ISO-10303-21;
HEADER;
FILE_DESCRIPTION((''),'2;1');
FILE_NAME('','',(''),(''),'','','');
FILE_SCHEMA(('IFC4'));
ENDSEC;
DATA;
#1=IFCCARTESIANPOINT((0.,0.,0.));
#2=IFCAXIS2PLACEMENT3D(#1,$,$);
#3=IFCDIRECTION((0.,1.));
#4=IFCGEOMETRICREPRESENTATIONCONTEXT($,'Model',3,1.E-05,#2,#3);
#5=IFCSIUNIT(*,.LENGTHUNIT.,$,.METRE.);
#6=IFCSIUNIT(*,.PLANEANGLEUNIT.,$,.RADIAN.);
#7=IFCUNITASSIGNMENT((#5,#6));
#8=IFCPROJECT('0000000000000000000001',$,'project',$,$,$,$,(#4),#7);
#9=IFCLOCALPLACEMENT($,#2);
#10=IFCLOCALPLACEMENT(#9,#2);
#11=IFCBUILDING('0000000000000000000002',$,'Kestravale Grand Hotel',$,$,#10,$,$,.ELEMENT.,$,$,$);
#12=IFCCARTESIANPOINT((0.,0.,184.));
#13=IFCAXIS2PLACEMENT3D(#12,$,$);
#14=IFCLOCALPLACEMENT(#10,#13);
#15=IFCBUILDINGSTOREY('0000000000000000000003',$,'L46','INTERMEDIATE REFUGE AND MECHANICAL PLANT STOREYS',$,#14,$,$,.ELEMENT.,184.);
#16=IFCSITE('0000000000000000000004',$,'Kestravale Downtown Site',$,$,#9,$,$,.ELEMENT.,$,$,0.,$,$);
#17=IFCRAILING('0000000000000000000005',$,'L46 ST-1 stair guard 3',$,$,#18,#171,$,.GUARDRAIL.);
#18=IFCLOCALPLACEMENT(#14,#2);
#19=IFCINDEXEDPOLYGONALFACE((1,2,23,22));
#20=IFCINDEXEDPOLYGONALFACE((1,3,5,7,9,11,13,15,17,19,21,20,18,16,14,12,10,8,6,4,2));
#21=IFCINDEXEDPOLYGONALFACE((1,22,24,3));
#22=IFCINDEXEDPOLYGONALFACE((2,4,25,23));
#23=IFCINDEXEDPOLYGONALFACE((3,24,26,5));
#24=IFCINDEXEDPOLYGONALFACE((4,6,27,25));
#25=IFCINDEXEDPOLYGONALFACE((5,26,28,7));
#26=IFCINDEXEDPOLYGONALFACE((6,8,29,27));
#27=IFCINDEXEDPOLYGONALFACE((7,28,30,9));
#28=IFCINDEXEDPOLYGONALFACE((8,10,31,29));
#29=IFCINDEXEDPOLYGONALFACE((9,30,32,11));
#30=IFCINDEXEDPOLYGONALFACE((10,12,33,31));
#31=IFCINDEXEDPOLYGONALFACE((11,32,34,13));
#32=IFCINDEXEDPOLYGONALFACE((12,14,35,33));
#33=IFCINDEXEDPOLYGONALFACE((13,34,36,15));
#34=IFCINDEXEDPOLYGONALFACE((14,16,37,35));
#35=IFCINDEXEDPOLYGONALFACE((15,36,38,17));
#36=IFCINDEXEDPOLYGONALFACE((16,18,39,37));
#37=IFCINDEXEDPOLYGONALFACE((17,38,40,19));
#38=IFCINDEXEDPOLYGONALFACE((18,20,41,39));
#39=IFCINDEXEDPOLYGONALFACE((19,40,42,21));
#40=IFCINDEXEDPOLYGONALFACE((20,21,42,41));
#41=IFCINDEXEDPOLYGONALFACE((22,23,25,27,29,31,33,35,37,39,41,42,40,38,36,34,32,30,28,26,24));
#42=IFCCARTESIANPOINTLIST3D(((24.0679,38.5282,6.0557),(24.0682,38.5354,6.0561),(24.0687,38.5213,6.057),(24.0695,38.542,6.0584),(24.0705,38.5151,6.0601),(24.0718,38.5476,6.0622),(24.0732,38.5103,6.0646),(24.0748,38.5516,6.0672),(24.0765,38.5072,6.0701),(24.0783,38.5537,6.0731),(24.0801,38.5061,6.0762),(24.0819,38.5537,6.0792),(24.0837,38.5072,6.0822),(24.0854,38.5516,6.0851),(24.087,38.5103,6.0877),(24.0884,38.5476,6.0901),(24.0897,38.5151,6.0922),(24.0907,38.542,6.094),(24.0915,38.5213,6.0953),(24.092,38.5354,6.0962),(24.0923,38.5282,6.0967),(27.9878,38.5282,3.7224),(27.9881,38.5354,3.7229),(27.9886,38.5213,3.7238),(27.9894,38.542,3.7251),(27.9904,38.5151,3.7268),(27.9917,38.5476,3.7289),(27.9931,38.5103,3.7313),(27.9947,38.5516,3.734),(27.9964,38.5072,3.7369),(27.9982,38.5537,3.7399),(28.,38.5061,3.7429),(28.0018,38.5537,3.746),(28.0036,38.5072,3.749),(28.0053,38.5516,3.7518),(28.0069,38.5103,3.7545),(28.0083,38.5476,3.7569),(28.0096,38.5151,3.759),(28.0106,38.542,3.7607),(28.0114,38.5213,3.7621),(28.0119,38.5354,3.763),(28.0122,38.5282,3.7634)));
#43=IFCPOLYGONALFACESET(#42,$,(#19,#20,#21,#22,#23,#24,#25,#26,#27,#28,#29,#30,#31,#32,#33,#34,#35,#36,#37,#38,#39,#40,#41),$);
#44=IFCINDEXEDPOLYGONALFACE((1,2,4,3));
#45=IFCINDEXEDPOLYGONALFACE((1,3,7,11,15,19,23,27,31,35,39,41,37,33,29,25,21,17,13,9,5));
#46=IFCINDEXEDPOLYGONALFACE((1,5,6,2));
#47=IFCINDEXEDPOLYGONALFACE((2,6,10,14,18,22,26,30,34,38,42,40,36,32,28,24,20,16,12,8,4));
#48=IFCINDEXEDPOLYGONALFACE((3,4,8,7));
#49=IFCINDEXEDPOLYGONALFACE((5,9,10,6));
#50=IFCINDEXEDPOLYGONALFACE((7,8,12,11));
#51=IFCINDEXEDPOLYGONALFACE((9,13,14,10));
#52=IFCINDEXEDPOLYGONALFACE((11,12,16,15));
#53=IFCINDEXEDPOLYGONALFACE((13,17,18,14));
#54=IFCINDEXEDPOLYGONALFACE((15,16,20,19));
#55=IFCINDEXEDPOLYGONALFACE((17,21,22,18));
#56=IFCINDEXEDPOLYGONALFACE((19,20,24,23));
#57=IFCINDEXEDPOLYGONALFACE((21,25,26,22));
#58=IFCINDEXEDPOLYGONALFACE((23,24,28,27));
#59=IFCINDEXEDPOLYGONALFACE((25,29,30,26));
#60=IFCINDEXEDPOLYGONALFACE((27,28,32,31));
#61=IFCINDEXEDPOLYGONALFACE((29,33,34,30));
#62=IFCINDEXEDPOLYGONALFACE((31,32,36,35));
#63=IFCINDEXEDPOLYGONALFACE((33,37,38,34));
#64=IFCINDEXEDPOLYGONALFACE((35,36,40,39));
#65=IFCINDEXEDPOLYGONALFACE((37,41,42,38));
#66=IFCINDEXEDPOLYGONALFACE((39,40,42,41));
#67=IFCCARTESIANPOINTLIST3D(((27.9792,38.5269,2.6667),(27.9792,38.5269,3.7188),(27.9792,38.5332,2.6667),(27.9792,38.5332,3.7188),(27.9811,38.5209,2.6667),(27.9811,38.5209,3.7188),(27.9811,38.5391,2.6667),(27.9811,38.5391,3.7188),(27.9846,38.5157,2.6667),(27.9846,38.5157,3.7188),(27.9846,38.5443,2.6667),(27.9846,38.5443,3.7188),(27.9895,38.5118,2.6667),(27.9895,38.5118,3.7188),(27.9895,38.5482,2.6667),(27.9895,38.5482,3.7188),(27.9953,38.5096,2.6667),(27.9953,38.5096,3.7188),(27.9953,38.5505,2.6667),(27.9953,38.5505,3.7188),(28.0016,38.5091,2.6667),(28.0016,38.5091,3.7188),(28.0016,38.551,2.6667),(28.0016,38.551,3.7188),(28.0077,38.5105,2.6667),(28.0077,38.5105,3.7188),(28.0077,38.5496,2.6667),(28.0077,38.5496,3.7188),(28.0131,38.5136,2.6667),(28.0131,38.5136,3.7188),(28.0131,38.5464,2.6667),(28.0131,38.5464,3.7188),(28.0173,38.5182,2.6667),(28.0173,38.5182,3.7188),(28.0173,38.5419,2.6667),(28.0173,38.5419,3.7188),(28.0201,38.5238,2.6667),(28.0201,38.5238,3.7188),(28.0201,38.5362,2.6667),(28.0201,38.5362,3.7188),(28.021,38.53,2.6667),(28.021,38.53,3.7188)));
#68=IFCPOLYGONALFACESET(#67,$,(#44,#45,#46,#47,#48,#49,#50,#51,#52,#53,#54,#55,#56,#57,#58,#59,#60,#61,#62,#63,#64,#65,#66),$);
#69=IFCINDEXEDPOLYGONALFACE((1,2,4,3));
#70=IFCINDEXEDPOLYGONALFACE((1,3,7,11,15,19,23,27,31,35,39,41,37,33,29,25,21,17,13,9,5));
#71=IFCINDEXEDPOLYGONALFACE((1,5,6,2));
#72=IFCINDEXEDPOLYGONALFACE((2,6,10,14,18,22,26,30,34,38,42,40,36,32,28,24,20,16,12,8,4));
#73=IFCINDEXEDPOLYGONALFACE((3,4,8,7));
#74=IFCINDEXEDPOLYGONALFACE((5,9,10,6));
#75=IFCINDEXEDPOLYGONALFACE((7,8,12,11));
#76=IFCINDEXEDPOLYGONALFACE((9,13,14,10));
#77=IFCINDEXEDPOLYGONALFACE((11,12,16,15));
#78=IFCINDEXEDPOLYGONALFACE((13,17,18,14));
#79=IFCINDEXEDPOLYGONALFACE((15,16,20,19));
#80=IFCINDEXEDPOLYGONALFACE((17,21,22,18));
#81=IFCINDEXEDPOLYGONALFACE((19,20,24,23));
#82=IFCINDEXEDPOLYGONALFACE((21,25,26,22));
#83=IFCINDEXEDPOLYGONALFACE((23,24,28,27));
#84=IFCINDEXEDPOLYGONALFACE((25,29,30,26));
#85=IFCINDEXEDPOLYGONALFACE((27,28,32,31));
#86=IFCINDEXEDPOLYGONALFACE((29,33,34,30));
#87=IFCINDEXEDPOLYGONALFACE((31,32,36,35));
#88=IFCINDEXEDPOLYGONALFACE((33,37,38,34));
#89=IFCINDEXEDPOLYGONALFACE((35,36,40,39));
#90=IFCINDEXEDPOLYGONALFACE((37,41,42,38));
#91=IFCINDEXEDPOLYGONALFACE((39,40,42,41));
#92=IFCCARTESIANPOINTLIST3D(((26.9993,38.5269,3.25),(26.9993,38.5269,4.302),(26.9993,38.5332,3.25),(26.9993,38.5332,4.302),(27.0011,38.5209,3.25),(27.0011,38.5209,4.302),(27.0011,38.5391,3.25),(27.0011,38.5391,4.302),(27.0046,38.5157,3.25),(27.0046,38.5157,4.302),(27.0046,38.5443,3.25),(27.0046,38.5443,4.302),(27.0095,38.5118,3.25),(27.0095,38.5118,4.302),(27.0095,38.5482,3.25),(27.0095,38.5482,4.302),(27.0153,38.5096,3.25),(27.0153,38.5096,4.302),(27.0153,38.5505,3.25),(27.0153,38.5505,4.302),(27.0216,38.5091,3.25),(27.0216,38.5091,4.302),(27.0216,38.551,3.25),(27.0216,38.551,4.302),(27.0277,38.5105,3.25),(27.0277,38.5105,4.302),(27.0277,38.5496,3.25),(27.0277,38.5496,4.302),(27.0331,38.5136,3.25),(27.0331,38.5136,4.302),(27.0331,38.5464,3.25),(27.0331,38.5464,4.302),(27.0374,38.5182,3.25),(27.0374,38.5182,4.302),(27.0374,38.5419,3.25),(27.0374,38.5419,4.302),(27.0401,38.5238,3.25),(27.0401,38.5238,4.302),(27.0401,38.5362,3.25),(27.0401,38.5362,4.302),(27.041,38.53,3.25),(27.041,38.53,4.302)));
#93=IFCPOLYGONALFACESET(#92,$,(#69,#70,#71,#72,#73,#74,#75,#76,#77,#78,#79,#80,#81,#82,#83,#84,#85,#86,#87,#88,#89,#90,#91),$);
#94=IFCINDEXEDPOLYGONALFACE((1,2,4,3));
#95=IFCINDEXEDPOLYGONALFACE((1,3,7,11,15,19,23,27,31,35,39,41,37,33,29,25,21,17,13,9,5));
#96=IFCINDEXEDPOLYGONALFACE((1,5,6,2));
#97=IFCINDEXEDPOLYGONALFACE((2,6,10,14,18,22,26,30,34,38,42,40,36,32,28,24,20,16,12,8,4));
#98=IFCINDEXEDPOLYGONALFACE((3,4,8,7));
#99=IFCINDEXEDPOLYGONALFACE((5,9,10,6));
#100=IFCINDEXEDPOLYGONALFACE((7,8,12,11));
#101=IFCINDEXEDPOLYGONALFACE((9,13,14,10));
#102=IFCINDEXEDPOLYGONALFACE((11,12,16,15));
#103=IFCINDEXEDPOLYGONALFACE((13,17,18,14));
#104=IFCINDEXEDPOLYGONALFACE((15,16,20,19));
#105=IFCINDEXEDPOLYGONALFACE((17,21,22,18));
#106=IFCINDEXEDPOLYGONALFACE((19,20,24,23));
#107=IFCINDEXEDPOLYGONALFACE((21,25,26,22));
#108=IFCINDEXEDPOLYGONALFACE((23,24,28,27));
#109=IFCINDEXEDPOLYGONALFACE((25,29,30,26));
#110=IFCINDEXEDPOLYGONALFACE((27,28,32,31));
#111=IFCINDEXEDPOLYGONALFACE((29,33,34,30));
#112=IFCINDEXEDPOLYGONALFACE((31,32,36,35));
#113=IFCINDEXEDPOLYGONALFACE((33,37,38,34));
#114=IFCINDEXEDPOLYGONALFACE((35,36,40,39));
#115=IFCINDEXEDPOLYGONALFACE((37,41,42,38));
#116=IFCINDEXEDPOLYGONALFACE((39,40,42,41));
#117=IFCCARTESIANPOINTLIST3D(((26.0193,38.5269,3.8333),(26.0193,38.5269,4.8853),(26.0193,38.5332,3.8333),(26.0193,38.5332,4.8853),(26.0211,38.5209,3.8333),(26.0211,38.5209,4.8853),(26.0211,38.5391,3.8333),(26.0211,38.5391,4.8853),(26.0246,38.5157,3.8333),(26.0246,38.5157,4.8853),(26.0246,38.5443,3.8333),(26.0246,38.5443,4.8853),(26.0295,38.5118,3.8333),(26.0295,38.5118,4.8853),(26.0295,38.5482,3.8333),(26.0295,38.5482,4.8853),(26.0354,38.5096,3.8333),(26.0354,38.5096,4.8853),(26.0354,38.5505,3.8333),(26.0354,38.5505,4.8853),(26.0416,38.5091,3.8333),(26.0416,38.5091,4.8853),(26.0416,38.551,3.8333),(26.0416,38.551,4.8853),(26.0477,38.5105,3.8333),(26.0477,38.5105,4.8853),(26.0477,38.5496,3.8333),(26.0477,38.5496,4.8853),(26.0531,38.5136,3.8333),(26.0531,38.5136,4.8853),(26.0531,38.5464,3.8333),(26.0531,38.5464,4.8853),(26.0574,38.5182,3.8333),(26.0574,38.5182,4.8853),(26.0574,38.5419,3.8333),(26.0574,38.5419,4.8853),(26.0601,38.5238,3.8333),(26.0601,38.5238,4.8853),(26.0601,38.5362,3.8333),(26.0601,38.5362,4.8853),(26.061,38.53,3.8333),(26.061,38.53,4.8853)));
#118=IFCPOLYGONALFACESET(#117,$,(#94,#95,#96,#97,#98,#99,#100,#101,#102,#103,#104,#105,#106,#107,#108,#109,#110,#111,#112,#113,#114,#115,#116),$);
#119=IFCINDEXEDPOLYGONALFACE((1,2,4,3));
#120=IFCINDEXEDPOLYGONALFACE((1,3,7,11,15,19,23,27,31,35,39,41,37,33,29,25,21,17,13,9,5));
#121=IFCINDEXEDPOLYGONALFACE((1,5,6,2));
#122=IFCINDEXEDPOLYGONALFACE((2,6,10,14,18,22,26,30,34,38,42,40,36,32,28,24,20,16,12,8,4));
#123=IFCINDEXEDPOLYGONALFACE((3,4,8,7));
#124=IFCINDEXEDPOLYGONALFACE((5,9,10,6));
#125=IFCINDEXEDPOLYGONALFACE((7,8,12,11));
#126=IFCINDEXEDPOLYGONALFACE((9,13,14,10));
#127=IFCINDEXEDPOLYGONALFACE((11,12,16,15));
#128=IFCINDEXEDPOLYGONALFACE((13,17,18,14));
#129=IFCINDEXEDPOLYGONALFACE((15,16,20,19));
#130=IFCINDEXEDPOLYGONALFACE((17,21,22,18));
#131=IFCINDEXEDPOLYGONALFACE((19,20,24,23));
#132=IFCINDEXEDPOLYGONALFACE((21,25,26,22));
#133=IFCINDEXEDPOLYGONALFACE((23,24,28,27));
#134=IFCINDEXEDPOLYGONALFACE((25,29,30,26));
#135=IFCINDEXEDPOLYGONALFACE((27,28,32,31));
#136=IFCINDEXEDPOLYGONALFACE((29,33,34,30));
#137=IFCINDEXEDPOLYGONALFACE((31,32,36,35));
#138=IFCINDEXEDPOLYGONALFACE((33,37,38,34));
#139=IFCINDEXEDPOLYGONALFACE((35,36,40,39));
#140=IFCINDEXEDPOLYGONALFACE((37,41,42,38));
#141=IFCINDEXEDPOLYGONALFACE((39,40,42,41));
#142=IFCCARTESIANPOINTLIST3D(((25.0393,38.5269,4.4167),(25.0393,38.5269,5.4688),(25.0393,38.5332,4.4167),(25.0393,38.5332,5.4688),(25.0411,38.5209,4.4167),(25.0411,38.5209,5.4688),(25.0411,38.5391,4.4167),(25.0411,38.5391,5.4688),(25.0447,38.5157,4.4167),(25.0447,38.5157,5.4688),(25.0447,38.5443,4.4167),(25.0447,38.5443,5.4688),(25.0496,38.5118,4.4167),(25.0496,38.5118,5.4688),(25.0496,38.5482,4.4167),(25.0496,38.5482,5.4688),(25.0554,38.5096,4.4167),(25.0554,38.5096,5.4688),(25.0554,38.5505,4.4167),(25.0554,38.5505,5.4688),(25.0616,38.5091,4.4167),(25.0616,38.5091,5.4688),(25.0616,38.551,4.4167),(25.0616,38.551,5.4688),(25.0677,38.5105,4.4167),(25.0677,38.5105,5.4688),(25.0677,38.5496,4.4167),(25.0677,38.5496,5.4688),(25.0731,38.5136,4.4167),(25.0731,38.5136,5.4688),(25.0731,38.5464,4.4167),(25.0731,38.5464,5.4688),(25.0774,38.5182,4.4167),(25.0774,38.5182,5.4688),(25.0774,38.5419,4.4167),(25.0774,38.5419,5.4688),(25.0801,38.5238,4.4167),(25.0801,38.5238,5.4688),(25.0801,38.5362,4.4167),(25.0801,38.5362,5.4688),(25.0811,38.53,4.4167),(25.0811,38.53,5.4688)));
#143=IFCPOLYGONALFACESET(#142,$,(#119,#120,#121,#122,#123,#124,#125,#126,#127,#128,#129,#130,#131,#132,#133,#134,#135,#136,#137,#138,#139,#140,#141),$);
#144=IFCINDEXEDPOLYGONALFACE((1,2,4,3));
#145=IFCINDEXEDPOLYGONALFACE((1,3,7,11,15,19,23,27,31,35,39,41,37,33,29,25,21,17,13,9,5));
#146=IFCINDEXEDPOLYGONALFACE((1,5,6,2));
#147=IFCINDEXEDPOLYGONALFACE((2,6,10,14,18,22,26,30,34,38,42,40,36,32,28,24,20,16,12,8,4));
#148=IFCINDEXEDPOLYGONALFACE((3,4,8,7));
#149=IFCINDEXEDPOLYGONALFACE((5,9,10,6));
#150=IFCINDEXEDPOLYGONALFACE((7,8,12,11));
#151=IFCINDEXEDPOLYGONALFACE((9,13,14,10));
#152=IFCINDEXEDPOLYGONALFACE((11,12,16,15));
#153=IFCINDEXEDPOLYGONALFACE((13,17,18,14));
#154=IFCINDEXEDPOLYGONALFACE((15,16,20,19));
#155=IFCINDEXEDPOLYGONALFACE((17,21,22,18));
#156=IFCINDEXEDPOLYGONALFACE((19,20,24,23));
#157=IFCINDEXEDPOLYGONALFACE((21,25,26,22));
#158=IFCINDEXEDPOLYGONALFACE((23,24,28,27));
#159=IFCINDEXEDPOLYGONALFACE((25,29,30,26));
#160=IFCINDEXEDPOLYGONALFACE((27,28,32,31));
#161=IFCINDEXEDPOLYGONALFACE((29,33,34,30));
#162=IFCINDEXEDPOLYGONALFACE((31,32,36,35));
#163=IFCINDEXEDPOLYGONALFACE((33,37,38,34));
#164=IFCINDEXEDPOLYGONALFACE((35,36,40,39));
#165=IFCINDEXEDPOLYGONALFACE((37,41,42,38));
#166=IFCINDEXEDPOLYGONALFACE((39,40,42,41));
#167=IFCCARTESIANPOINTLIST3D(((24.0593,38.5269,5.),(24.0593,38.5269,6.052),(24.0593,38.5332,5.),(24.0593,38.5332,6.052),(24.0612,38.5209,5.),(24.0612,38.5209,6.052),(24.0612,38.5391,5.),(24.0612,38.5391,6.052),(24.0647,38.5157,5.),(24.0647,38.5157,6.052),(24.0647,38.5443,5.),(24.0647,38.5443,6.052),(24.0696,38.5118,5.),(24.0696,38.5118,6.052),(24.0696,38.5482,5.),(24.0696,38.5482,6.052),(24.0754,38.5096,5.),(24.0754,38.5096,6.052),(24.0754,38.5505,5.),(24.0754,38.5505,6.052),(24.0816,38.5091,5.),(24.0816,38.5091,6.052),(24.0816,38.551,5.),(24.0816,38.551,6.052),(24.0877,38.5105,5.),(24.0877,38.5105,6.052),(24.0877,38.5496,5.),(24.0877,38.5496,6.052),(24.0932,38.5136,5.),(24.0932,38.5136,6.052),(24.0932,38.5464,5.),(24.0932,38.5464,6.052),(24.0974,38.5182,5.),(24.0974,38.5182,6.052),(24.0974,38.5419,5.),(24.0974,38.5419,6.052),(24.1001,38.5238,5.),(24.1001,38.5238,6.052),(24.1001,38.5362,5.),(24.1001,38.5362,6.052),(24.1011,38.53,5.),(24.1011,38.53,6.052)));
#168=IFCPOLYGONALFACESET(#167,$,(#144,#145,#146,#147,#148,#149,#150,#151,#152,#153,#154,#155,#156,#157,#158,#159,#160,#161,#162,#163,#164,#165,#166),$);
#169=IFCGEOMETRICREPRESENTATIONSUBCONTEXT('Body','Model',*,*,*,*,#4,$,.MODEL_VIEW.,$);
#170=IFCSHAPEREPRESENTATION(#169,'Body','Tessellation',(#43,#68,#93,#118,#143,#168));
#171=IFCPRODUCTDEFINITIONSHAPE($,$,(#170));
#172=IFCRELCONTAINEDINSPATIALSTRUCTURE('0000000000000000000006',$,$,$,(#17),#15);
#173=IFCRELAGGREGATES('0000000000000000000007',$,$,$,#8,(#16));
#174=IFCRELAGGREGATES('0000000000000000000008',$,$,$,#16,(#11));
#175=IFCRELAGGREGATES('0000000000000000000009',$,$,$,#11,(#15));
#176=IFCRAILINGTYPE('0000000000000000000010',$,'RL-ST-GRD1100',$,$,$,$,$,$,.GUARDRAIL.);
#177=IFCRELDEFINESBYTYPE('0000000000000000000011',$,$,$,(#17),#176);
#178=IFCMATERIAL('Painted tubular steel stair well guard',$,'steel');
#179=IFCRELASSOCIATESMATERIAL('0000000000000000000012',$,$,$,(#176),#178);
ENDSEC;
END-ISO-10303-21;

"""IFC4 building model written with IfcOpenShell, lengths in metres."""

from ifc_helpers import new_model, si_unit, direction, frame, origin, origin_2d, place, context, subcontext, project, spatial, circle, extrude, material, type_object, element, save


model = new_model("IFC4")

# Units and contexts
model_context = context("Model", 3, precision=1e-05, world=origin(), true_north=direction((0.0, 1.0)))
body_context = subcontext(model_context, "Body", "Model", "MODEL_VIEW")
ifc_project = project(units=[si_unit("LENGTHUNIT", "METRE"), si_unit("PLANEANGLEUNIT", "RADIAN")], contexts=[model_context])

# Site, building, storey
site_placement = place(None, origin())
site = spatial("IfcSite", under=ifc_project, at=site_placement, Name="Kestravale Downtown Site", CompositionType="ELEMENT", RefElevation=0.0)
building_placement = place(site_placement, origin())
building = spatial("IfcBuilding", under=site, at=building_placement, Name="Kestravale Grand Hotel", CompositionType="ELEMENT")
storey_placement = place(building_placement, frame((0.0, 0.0, 184.0)))
storey = spatial("IfcBuildingStorey", under=building, at=storey_placement, Name="L46", Description="INTERMEDIATE REFUGE AND MECHANICAL PLANT STOREYS", CompositionType="ELEMENT", Elevation=184.0)

# Railing
ifc_material_1 = material(Name="Painted tubular steel stair well guard", Category="steel")
railing_type_1 = type_object("IfcRailingType", Name="RL-ST-GRD1100", PredefinedType="GUARDRAIL", material=ifc_material_1)
railing_1_placement = place(storey_placement, frame((28.0, 38.53, 2.6667)))
element("IfcRailing", 1, at=railing_1_placement, inside=storey, type_object=railing_type_1, Name="L46 ST-1 stair guard 3", PredefinedType="GUARDRAIL", context=body_context, shape_type="SweptSolid", body=[
    extrude(circle(Radius=0.0239, at=origin_2d()), frame((0.0, 0.0, 1.0762), z_axis=(-0.859296, 0.0, 0.511478), x_axis=(0.0, -1.0, 0.0)), (0.0, 0.0, 1.0), 4.5618),
    extrude(circle(Radius=0.021, at=origin_2d()), origin(), (0.0, 0.0, 1.0), 1.052),
    extrude(circle(Radius=0.021, at=origin_2d()), frame((-0.98, 0.0, 0.5833)), (0.0, 0.0, 1.0), 1.052),
    extrude(circle(Radius=0.021, at=origin_2d()), frame((-1.96, 0.0, 1.1665)), (0.0, 0.0, 1.0), 1.052),
    extrude(circle(Radius=0.021, at=origin_2d()), frame((-2.9399, 0.0, 1.75)), (0.0, 0.0, 1.0), 1.052),
    extrude(circle(Radius=0.021, at=origin_2d()), frame((-3.9199, 0.0, 2.3333)), (0.0, 0.0, 1.0), 1.052),
])

save(model, "model.ifc")
